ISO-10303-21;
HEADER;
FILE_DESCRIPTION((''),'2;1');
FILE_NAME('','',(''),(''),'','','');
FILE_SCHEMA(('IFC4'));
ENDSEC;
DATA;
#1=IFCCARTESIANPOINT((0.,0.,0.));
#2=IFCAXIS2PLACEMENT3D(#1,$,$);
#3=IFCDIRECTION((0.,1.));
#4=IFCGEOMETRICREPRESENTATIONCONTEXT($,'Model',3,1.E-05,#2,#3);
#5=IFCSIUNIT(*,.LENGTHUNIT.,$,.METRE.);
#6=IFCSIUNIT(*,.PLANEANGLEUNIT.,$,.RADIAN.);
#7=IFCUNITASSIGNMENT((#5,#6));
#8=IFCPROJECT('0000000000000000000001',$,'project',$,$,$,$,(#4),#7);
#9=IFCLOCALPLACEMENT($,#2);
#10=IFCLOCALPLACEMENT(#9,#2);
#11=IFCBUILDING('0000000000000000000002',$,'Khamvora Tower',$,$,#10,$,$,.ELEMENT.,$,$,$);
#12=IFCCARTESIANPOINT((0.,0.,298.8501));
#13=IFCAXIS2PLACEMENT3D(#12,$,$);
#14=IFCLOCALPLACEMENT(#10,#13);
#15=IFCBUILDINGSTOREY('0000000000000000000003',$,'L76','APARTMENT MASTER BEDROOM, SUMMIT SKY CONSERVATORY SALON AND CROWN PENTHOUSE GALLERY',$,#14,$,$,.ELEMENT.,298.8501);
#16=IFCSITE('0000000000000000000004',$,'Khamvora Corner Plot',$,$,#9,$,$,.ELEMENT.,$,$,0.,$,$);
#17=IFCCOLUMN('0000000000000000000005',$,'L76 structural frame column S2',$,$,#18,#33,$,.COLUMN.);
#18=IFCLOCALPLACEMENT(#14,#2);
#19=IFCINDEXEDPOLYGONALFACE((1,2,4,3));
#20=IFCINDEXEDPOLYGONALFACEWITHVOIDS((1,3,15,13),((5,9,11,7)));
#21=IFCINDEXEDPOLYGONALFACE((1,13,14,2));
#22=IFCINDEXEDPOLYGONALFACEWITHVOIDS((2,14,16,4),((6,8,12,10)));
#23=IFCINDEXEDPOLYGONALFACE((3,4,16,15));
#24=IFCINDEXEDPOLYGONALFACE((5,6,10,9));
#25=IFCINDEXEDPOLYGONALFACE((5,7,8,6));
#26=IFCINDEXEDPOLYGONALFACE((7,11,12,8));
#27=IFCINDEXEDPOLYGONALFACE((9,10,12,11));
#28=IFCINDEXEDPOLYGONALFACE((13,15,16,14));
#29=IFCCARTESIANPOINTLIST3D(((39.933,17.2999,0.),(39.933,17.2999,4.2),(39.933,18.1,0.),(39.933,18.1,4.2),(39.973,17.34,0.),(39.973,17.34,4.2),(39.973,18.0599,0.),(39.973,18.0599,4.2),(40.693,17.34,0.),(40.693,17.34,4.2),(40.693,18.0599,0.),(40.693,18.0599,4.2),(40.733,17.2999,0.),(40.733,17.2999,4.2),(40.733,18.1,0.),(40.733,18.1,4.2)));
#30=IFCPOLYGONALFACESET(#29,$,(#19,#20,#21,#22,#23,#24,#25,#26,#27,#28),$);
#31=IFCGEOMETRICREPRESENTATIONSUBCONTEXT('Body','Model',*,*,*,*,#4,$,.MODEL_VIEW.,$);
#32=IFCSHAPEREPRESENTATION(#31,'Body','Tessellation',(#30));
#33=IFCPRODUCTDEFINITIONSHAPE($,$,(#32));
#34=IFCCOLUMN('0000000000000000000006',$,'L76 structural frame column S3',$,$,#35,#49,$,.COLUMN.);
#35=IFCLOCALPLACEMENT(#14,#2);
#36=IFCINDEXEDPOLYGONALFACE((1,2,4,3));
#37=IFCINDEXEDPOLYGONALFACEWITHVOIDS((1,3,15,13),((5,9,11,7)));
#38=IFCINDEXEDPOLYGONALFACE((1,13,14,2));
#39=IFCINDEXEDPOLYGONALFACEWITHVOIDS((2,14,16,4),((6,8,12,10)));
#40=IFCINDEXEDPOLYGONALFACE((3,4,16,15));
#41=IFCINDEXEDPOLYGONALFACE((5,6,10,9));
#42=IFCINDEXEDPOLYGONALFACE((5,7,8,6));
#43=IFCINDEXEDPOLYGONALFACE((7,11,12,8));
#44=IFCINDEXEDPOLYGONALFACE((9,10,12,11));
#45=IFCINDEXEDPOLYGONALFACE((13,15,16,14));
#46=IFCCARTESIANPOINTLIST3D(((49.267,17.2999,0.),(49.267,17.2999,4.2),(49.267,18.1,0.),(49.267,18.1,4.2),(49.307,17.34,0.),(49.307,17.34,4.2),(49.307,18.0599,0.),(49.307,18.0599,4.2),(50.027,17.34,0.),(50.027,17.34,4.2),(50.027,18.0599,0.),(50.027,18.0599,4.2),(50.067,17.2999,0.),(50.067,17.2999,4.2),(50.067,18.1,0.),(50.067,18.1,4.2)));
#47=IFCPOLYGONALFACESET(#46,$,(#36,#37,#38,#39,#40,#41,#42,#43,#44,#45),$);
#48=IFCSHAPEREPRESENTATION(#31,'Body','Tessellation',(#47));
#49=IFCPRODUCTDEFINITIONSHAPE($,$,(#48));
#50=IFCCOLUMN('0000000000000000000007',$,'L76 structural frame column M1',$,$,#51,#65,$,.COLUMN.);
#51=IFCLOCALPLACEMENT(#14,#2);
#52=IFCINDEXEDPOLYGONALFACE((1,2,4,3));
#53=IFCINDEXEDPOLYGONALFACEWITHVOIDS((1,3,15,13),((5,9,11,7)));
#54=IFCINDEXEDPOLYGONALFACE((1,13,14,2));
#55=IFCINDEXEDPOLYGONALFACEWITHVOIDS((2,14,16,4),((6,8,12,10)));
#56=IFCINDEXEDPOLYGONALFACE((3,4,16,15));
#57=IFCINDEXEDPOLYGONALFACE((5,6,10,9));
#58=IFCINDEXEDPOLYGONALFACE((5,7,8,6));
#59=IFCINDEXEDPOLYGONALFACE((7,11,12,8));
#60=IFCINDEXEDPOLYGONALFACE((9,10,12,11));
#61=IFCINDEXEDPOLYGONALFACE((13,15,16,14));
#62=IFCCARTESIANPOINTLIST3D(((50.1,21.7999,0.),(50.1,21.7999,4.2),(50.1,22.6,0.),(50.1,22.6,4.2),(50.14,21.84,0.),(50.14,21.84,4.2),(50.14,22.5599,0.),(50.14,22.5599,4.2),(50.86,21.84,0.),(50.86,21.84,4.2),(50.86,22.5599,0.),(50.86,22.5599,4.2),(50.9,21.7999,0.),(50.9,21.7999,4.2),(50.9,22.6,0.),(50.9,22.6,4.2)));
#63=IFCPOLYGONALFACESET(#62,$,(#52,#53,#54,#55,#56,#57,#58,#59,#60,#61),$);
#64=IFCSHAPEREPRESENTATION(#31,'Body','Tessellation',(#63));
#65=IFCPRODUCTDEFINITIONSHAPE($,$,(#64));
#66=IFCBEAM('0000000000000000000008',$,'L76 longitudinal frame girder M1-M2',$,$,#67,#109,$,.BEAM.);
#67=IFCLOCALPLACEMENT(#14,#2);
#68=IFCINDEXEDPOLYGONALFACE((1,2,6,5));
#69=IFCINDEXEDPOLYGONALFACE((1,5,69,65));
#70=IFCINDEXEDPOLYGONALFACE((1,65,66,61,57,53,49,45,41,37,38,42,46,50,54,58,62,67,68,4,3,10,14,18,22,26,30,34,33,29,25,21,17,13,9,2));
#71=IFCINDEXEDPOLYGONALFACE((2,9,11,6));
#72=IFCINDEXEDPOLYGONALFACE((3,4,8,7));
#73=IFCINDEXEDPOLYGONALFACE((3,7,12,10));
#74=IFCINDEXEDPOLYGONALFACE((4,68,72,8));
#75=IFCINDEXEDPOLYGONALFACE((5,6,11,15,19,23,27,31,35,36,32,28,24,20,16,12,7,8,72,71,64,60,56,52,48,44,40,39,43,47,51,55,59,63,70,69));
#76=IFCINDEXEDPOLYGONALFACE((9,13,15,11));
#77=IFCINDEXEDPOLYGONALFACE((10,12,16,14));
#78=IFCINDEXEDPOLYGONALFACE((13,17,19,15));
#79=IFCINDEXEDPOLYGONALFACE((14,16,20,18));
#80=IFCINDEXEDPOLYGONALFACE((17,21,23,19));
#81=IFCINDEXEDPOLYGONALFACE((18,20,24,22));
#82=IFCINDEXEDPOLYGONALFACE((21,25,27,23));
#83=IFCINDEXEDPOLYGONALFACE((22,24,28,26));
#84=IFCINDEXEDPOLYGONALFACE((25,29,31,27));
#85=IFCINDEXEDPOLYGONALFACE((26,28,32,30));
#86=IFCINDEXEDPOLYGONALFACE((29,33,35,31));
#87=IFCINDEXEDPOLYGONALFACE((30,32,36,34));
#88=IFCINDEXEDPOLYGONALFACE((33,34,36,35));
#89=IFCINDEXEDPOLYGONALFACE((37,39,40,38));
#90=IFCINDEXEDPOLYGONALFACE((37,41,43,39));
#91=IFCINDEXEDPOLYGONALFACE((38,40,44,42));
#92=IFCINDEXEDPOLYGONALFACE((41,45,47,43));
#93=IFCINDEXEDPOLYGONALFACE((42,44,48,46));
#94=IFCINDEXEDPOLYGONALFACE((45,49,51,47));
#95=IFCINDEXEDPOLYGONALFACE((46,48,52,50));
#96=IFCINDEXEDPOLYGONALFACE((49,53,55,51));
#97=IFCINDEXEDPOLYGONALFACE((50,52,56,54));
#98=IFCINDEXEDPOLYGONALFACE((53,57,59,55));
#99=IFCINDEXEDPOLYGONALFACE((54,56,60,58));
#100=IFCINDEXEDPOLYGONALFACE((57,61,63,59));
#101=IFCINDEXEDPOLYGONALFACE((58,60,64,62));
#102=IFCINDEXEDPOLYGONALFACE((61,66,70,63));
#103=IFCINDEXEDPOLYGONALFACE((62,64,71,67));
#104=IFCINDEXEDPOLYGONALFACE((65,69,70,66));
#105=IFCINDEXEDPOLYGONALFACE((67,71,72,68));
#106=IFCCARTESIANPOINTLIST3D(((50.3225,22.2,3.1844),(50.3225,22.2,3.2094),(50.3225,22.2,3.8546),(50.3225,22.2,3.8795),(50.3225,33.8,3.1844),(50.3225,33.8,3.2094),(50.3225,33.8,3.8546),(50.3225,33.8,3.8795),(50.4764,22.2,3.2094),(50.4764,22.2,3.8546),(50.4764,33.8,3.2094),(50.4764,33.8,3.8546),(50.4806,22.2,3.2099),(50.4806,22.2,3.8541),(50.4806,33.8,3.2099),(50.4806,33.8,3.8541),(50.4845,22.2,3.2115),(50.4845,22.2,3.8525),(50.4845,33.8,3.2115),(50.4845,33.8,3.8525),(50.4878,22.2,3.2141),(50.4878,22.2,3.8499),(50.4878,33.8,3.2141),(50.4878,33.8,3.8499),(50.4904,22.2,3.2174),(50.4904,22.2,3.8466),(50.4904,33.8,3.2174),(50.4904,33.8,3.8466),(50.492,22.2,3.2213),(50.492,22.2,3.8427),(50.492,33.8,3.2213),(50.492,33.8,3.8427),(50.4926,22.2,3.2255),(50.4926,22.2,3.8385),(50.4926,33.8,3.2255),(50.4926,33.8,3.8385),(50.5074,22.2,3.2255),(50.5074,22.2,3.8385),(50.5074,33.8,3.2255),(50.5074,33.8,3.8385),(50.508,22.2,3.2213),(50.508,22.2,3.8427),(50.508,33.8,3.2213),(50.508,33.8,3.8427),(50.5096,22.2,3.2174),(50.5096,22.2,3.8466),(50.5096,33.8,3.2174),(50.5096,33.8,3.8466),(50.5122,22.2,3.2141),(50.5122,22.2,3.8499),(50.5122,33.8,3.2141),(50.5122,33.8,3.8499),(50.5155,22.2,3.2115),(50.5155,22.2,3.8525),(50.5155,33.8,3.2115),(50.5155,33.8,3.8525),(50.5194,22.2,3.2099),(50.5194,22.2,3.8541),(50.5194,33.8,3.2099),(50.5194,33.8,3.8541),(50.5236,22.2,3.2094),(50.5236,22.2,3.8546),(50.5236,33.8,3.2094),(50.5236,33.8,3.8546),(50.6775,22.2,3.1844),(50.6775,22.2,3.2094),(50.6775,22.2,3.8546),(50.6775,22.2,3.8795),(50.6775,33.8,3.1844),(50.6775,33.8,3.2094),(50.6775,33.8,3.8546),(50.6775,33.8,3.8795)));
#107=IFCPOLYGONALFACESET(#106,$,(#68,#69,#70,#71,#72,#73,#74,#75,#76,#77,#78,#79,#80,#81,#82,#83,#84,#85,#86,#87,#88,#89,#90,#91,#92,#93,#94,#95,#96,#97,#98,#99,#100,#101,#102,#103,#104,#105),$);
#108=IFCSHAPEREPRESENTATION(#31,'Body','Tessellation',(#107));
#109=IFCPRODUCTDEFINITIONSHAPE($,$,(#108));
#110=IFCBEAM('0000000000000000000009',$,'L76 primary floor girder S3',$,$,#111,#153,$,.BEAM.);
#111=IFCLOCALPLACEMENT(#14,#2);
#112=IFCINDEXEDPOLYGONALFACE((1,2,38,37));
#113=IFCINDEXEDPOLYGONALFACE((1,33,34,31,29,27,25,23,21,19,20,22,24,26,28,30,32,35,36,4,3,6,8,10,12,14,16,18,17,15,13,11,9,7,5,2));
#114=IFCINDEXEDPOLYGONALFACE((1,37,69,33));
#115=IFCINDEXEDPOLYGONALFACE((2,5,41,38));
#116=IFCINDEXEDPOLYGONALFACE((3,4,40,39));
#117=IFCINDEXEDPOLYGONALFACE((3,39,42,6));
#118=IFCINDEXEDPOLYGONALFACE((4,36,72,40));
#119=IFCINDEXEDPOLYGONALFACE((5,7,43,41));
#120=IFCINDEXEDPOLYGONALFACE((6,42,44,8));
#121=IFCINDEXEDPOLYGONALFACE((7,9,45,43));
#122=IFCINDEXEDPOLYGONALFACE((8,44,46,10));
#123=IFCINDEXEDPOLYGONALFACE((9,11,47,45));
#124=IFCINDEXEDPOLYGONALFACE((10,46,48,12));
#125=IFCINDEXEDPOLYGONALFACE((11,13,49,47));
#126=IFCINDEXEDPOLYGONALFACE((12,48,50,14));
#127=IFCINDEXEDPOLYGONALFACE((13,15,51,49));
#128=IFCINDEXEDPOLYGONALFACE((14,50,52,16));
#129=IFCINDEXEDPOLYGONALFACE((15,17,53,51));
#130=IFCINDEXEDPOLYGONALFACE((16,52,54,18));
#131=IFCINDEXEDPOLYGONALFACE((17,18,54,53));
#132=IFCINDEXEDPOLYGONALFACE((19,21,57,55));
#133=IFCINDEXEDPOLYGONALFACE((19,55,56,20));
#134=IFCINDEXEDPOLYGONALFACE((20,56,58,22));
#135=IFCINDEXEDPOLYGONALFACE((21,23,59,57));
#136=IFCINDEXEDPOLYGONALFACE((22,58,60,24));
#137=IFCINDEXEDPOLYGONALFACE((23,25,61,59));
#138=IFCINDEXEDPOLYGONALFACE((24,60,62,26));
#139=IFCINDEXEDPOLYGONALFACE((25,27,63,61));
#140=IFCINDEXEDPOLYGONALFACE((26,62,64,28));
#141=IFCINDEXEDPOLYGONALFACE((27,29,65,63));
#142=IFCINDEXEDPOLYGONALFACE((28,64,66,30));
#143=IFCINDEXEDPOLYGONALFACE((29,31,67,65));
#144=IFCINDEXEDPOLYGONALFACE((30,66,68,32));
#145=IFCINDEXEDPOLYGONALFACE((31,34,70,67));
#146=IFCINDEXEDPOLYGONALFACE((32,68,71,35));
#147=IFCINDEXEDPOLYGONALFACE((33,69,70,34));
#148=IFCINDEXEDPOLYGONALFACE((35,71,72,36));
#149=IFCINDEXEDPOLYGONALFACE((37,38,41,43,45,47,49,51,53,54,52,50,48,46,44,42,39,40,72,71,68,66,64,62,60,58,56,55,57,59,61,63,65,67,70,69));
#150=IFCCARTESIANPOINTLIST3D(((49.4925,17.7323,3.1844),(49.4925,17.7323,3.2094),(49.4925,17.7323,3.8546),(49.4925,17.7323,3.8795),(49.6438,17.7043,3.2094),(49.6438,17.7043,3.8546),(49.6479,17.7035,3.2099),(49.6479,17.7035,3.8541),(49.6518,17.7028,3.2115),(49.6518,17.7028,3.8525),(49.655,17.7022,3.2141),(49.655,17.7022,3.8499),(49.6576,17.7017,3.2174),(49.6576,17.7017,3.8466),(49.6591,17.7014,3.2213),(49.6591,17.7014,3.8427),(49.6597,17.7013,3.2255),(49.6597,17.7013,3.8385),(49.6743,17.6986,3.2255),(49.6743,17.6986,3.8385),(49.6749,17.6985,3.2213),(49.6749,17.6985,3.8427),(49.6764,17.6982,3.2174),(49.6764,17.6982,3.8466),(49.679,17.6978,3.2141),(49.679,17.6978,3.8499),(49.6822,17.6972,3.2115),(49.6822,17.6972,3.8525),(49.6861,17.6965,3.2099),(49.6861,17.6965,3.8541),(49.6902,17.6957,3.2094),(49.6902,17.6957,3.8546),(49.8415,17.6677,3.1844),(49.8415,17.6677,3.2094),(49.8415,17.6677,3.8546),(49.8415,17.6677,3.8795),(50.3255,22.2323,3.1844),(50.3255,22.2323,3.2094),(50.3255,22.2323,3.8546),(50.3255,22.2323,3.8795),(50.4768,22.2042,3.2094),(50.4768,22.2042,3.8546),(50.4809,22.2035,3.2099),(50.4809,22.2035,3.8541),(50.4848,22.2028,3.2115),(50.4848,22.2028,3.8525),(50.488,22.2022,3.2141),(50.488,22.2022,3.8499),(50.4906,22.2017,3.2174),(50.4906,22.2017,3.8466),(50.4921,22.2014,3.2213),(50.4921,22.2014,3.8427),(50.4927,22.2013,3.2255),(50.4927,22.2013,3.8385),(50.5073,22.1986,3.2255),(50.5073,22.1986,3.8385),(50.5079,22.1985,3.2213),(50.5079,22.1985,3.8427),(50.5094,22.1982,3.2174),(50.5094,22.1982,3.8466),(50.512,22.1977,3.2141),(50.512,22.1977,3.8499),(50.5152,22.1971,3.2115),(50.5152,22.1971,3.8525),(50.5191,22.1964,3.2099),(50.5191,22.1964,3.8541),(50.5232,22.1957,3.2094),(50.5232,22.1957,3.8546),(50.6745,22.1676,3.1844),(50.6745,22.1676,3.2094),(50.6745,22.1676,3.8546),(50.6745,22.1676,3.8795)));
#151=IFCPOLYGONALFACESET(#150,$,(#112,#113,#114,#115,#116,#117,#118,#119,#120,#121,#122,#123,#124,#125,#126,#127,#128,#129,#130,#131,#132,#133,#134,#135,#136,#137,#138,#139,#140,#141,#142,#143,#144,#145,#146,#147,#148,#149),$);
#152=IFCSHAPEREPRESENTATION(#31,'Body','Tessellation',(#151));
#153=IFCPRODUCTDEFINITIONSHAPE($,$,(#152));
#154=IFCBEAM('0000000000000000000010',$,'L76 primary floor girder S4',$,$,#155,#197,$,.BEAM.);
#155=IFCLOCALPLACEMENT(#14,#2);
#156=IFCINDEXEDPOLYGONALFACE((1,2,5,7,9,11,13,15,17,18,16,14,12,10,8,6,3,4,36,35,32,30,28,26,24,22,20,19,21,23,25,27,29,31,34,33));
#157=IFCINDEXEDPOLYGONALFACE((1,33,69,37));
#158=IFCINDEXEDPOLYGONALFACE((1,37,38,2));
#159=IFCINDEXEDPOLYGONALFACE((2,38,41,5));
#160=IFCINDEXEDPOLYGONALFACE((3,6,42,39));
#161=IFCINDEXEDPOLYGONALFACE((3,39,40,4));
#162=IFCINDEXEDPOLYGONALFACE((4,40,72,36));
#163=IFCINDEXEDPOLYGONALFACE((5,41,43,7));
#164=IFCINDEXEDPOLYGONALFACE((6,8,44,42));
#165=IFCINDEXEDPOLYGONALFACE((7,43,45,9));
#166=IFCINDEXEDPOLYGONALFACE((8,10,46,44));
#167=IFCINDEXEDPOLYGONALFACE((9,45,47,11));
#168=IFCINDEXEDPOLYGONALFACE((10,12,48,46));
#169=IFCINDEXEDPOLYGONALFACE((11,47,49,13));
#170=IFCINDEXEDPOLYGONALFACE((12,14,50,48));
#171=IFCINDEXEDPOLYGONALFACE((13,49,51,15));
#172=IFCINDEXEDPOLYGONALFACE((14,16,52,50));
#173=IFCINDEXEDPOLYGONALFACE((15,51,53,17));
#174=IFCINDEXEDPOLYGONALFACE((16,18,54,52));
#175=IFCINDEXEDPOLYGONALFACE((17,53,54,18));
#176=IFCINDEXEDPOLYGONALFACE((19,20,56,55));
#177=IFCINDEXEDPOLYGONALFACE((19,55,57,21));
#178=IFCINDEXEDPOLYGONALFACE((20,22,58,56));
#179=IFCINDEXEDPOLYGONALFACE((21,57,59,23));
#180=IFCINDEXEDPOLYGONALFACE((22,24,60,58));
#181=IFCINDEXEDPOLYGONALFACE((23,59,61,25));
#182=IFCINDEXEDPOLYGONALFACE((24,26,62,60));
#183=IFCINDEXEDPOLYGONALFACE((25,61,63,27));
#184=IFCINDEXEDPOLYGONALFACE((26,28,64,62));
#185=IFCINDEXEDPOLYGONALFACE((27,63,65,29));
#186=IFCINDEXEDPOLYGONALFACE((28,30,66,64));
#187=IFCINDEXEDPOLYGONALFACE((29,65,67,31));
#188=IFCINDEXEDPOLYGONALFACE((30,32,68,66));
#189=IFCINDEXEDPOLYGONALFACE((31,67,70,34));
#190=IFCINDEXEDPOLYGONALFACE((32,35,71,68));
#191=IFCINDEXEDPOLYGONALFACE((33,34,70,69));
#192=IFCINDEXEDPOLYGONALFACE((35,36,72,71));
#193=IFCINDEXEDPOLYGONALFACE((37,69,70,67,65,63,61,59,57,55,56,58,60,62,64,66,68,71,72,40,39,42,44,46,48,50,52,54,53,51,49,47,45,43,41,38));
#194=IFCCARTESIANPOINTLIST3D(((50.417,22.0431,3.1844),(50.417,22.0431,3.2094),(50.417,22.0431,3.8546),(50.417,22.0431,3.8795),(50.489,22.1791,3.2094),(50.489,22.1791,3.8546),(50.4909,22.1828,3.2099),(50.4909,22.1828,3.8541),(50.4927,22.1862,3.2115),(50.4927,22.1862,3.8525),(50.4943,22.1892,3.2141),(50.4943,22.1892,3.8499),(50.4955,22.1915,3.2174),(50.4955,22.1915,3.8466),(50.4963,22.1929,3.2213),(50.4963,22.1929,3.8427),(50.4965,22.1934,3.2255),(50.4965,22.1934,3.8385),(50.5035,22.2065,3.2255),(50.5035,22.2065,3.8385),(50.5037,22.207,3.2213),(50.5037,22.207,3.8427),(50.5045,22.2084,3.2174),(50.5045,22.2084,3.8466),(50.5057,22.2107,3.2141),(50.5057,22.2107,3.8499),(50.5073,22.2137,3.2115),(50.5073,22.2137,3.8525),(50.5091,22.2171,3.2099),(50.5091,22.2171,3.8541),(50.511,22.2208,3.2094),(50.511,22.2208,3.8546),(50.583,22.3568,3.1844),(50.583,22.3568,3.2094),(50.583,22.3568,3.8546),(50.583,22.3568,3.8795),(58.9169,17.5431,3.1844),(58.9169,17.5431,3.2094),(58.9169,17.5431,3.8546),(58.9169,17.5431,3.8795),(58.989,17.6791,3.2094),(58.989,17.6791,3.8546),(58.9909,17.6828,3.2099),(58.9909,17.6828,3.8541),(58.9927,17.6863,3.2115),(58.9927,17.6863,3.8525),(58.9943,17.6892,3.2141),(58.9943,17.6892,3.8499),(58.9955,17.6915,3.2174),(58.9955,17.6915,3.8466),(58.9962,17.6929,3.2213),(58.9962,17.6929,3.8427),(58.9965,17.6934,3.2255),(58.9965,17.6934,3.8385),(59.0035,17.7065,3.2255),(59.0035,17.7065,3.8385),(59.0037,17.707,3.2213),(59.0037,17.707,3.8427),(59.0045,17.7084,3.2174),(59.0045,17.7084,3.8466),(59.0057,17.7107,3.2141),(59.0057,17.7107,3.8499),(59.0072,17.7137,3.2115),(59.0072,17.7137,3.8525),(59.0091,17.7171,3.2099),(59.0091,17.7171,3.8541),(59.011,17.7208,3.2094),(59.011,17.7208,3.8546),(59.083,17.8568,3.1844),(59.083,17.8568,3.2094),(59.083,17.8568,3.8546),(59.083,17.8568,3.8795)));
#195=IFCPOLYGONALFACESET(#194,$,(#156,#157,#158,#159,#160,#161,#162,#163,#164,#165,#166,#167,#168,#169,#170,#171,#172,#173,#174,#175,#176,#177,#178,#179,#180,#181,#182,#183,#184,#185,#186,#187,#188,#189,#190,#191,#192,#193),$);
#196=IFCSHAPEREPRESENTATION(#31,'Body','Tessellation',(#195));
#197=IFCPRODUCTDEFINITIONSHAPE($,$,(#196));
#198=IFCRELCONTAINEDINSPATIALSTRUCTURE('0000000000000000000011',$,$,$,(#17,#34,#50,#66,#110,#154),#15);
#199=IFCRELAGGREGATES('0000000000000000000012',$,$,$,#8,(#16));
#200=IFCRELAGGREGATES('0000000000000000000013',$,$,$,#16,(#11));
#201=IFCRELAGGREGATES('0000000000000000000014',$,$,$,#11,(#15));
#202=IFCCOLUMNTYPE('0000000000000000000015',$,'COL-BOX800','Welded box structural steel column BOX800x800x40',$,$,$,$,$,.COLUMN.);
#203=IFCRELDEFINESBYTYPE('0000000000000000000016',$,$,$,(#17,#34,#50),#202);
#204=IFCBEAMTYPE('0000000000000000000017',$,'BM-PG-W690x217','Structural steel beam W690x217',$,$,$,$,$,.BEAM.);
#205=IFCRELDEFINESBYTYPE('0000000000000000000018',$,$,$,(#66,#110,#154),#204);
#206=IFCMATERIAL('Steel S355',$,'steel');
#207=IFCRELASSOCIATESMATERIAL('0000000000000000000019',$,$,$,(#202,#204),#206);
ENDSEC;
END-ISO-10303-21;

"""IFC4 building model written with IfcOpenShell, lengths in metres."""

from ifc_helpers import new_model, si_unit, direction, frame, origin, origin_2d, place, context, subcontext, project, spatial, hollow_rectangle, i_section, extrude, material, material_profile, profile_set, type_object, element, save


model = new_model("IFC4")

# Units and contexts
model_context = context("Model", 3, precision=1e-05, world=origin(), true_north=direction((0.0, 1.0)))
body_context = subcontext(model_context, "Body", "Model", "MODEL_VIEW")
ifc_project = project(units=[si_unit("LENGTHUNIT", "METRE"), si_unit("PLANEANGLEUNIT", "RADIAN")], contexts=[model_context])

# Site, building, storey
site_placement = place(None, origin())
site = spatial("IfcSite", under=ifc_project, at=site_placement, Name="Khamvora Corner Plot", CompositionType="ELEMENT", RefElevation=0.0)
building_placement = place(site_placement, origin())
building = spatial("IfcBuilding", under=site, at=building_placement, Name="Khamvora Tower", CompositionType="ELEMENT")
storey_placement = place(building_placement, frame((0.0, 0.0, 298.8501)))
storey = spatial("IfcBuildingStorey", under=building, at=storey_placement, Name="L76", Description="APARTMENT MASTER BEDROOM, SUMMIT SKY CONSERVATORY SALON AND CROWN PENTHOUSE GALLERY", CompositionType="ELEMENT", Elevation=298.8501)

# Columns
ifc_material_1 = material(Name="Steel S355", Category="steel")
ifc_material_profile_1 = material_profile(ifc_material_1, hollow_rectangle(XDim=0.8, YDim=0.8, WallThickness=0.04, at=origin_2d()), Name="BOX800x800x40")
ifc_profile_set_1 = profile_set([ifc_material_profile_1], Name="Steel S355")
column_type = type_object("IfcColumnType", Name="COL-BOX800", Description="Welded box structural steel column BOX800x800x40", PredefinedType="COLUMN", material=ifc_profile_set_1)
for number, where, z_axis, x_axis, name in (
    (1, (40.333, 17.7, 0.0), (0.0, 0.0, 1.0), (1.0, 0.0, 0.0), "L76 structural frame column S2"),
    (2, (49.667, 17.7, 0.0), (0.0, 0.0, 1.0), (1.0, 0.0, 0.0), "L76 structural frame column S3"),
    (3, (50.5, 22.2, 0.0), (0.0, 0.0, 1.0), (1.0, 0.0, 0.0), "L76 structural frame column M1"),
):
    element("IfcColumn", number, at=place(storey_placement, frame(where, z_axis=z_axis, x_axis=x_axis)), inside=storey, type_object=column_type, Name=name, PredefinedType="COLUMN", context=body_context, shape_type="SweptSolid", body=[
        extrude(hollow_rectangle(XDim=0.8, YDim=0.8, WallThickness=0.04, at=origin_2d()), origin(), (0.0, 0.0, 1.0), 4.2),
    ])

# Beams
ifc_material_profile_2 = material_profile(ifc_material_1, i_section(OverallWidth=0.355, OverallDepth=0.6951, WebThickness=0.0149, FlangeThickness=0.0249, FilletRadius=0.0161, at=origin_2d()), Name="W690x217")
ifc_profile_set_2 = profile_set([ifc_material_profile_2], Name="Steel S355")
beam_type_1 = type_object("IfcBeamType", Name="BM-PG-W690x217", Description="Structural steel beam W690x217", PredefinedType="BEAM", material=ifc_profile_set_2)
beam_1_placement = place(storey_placement, frame((50.5, 22.2, 3.532), z_axis=(0.0, 1.0, 0.0), x_axis=(-1.0, 0.0, 0.0)))
element("IfcBeam", 4, at=beam_1_placement, inside=storey, type_object=beam_type_1, Name="L76 longitudinal frame girder M1-M2", PredefinedType="BEAM", context=body_context, shape_type="SweptSolid", body=[
    extrude(i_section(OverallWidth=0.355, OverallDepth=0.6951, WebThickness=0.0149, FlangeThickness=0.0249, FilletRadius=0.0161, at=origin_2d()), origin(), (0.0, 0.0, 1.0), 11.6001),
])
beam_2_placement = place(storey_placement, frame((50.5, 22.2, 3.532), z_axis=(-0.18202, -0.983295, 0.0), x_axis=(0.983295, -0.18202, 0.0)))
element("IfcBeam", 5, at=beam_2_placement, inside=storey, type_object=beam_type_1, Name="L76 primary floor girder S3", PredefinedType="BEAM", context=body_context, shape_type="SweptSolid", body=[
    extrude(i_section(OverallWidth=0.355, OverallDepth=0.6951, WebThickness=0.0149, FlangeThickness=0.0249, FilletRadius=0.0161, at=origin_2d()), origin(), (0.0, 0.0, 1.0), 4.5764),
])
beam_3_placement = place(storey_placement, frame((50.5, 22.2, 3.532), z_axis=(0.883788, -0.467888, 0.0), x_axis=(0.467888, 0.883788, 0.0)))
element("IfcBeam", 6, at=beam_3_placement, inside=storey, type_object=beam_type_1, Name="L76 primary floor girder S4", PredefinedType="BEAM", context=body_context, shape_type="SweptSolid", body=[
    extrude(i_section(OverallWidth=0.355, OverallDepth=0.6951, WebThickness=0.0149, FlangeThickness=0.0249, FilletRadius=0.0161, at=origin_2d()), origin(), (0.0, 0.0, 1.0), 9.6177),
])

save(model, "model.ifc")
